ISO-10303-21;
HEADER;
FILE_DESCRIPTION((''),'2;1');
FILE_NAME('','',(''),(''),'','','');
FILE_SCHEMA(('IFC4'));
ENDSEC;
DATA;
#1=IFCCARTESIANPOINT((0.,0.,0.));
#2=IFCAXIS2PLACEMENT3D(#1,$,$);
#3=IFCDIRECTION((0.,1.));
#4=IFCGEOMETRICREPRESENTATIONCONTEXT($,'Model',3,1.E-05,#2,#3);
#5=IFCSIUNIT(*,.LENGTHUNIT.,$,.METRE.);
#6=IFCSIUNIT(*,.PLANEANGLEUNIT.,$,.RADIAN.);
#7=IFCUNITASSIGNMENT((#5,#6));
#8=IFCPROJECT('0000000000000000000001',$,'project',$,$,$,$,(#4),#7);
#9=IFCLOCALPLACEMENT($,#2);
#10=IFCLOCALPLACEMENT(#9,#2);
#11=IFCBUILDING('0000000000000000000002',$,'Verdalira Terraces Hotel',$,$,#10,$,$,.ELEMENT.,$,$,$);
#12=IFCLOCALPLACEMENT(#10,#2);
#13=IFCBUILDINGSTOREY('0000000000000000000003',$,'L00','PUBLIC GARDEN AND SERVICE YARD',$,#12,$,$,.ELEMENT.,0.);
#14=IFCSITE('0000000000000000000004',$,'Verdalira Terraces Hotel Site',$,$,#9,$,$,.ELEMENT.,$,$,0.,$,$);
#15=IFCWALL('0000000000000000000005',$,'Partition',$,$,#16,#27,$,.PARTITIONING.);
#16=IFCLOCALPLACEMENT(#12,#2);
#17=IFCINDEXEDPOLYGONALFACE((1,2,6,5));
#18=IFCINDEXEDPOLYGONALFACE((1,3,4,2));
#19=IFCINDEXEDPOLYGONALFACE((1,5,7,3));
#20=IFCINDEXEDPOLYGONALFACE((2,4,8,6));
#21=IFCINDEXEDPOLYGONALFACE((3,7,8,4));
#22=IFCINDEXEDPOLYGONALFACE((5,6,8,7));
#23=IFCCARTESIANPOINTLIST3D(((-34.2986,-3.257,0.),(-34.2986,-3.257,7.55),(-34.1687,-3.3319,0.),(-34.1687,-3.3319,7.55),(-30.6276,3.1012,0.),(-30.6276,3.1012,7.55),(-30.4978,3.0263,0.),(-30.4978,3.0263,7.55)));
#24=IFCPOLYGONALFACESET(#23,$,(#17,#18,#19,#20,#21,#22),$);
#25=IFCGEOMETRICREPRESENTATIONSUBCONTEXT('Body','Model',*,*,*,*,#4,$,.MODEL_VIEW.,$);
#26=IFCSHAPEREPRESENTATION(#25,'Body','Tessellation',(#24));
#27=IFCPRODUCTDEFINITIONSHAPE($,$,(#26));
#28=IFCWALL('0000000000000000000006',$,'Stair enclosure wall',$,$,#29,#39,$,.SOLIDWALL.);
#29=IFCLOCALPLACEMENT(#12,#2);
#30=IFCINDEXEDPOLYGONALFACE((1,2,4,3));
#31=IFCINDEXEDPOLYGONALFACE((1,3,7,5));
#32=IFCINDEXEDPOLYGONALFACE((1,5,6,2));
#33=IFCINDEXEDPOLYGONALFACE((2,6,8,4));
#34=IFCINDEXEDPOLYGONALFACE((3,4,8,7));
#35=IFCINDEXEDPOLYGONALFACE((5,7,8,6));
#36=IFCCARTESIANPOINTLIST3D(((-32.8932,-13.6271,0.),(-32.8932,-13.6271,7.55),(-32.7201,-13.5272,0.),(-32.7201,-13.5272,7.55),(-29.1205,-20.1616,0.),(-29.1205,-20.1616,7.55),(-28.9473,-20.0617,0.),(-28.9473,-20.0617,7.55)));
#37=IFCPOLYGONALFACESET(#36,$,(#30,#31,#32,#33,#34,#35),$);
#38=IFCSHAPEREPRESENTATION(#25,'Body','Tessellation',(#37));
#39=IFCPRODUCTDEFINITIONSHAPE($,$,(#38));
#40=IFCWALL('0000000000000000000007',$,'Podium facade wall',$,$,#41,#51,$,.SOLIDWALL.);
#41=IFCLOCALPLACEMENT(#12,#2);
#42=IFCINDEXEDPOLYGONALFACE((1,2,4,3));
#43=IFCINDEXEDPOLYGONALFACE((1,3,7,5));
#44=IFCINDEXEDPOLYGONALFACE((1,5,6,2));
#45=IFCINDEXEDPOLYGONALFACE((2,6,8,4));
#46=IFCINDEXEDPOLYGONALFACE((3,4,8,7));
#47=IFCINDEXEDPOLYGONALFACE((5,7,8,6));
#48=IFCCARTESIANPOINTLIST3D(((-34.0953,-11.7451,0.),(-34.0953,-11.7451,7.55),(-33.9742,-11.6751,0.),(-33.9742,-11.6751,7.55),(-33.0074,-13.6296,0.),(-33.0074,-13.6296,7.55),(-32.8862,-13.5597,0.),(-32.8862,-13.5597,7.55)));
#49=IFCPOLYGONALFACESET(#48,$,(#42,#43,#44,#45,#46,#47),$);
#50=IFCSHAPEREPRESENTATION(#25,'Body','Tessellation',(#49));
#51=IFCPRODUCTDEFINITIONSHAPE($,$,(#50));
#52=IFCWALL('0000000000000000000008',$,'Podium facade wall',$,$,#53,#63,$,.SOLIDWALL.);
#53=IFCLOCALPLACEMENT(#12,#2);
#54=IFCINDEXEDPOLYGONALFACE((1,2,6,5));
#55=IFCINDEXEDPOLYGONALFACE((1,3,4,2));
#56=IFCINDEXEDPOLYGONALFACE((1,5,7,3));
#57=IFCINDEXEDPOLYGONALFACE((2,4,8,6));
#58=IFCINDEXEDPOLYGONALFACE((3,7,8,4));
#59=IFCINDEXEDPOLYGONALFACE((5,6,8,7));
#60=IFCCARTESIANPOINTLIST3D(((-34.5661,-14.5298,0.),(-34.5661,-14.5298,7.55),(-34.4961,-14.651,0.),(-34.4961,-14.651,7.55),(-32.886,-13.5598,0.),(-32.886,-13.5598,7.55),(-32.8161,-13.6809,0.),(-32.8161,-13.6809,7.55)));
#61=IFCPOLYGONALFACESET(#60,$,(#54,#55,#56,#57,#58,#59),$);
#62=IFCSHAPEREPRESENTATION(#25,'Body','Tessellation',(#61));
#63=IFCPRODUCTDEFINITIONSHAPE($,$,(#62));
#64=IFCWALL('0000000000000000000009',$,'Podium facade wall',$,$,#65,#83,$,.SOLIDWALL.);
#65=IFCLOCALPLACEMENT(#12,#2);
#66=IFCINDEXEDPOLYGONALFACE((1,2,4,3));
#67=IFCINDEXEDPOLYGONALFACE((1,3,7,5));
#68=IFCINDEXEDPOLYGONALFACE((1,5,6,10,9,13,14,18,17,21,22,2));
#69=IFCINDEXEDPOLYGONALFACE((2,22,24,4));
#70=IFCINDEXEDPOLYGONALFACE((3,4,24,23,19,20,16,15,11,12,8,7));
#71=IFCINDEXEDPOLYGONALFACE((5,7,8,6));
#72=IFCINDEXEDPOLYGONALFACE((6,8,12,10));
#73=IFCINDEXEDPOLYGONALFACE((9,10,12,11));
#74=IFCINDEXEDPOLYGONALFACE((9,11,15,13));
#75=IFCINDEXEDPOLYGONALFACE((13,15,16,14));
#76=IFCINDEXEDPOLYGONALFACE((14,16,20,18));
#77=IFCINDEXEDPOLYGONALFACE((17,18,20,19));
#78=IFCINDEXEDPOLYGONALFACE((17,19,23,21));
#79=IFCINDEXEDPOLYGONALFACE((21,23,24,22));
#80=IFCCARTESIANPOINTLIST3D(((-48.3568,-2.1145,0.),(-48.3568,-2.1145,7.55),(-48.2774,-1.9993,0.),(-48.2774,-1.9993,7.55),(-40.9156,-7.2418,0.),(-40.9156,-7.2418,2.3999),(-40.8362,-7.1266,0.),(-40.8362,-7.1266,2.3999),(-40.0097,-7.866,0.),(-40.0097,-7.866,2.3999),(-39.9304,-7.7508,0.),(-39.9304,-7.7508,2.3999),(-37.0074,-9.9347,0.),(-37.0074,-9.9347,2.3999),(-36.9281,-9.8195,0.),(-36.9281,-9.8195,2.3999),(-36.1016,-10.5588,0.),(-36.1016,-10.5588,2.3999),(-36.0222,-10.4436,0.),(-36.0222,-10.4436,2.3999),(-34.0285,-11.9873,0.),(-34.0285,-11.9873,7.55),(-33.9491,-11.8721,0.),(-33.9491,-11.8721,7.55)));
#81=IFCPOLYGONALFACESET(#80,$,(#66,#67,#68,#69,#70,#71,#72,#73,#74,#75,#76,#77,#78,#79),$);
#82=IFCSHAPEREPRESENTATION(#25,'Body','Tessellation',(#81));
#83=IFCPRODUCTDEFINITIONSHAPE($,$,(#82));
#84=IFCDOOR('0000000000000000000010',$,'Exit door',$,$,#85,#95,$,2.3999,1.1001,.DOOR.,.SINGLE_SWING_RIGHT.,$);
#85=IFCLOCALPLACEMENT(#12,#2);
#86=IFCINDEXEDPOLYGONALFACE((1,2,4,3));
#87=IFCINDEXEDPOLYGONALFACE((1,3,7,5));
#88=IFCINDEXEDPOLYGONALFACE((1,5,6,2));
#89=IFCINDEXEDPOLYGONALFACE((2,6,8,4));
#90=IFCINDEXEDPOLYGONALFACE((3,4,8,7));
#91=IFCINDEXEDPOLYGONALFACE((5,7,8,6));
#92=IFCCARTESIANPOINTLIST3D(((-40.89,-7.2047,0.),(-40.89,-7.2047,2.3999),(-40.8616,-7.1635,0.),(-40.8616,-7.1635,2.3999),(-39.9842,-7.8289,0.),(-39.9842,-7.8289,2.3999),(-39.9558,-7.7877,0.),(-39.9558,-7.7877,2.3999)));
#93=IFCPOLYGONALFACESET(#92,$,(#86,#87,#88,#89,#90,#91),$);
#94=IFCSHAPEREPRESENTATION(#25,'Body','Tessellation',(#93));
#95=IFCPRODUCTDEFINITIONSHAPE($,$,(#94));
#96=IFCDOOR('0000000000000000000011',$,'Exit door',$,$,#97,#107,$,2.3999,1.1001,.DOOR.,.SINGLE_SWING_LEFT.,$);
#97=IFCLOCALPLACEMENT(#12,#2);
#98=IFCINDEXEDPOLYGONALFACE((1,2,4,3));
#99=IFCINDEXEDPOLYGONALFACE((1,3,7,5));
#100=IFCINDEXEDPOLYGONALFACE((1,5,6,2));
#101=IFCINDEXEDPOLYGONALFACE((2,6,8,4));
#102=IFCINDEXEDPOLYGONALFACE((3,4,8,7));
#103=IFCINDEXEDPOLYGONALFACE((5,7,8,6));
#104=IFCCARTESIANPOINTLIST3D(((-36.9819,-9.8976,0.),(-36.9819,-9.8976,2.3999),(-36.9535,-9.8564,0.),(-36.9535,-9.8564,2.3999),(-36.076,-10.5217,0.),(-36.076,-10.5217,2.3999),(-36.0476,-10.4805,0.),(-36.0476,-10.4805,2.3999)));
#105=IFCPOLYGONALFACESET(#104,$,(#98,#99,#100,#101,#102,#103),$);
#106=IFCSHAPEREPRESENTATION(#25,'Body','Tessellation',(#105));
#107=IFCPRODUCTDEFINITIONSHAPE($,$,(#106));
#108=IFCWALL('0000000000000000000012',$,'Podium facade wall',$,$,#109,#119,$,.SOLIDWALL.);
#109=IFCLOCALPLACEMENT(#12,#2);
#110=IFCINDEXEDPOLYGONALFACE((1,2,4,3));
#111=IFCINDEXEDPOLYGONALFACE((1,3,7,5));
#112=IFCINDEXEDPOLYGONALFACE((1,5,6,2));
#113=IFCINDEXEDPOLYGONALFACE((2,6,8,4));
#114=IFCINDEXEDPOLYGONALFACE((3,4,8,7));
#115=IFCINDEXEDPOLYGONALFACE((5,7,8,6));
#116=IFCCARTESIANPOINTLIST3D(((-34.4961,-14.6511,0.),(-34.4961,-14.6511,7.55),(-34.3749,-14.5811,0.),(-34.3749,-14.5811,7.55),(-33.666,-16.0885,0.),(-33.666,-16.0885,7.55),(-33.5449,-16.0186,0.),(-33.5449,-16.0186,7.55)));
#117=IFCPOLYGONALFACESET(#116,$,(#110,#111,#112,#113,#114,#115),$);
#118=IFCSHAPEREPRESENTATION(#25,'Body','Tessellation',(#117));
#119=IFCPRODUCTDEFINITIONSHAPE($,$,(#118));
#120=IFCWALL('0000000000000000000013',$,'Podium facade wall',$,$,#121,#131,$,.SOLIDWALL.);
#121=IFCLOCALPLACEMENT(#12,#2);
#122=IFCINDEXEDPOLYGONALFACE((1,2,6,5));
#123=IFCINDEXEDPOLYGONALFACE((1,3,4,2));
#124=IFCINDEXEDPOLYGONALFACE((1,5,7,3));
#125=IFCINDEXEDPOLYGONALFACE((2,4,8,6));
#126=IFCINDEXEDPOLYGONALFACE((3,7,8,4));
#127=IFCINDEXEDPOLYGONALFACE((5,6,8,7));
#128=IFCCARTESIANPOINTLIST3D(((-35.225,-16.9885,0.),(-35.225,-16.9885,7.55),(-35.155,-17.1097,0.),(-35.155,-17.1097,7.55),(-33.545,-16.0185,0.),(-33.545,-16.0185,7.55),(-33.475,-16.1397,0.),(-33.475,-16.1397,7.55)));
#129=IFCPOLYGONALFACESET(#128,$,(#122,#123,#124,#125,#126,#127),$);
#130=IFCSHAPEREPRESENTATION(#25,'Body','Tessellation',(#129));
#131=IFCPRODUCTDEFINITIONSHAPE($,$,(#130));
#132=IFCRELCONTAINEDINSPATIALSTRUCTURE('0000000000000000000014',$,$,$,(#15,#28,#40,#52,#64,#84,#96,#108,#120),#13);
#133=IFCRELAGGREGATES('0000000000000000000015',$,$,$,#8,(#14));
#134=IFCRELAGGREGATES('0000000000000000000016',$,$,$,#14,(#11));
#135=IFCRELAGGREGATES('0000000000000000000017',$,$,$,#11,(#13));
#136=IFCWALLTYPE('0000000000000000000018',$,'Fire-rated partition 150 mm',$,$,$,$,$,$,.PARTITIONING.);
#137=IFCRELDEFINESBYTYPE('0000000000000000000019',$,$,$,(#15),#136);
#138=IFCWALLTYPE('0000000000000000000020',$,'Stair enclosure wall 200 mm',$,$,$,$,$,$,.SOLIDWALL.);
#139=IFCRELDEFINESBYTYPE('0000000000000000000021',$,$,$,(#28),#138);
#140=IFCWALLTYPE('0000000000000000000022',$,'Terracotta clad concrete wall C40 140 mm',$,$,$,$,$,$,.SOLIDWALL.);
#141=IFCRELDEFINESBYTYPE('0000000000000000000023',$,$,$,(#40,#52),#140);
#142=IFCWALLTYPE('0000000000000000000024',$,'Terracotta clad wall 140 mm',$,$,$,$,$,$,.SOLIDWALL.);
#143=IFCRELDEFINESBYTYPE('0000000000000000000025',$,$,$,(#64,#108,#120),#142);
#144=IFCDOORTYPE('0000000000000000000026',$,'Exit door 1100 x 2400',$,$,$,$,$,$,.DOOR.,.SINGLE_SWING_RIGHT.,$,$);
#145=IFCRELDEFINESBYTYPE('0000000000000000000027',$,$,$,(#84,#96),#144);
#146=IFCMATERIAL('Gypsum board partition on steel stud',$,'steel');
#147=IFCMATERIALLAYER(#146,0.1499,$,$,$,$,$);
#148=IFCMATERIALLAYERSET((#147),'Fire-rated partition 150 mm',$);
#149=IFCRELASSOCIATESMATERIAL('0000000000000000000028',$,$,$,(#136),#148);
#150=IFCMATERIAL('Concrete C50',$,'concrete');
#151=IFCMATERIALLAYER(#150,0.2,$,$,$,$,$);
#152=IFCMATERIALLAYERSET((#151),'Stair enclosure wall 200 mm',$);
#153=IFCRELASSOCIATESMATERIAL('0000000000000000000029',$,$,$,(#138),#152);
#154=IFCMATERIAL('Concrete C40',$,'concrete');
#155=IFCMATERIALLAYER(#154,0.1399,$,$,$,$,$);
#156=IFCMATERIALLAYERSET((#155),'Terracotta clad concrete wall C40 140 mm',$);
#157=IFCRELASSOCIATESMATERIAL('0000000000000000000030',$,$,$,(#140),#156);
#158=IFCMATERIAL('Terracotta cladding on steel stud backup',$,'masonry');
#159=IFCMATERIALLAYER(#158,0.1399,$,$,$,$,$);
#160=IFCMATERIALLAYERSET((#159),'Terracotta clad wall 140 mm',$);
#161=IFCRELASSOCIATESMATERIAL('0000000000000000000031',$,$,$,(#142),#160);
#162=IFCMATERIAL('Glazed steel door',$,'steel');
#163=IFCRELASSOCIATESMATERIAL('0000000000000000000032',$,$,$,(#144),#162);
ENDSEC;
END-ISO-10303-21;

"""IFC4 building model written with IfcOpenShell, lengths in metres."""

from ifc_helpers import new_model, si_unit, direction, frame, frame_2d, origin, place, context, subcontext, project, spatial, rectangle, extrude, material, layer, layer_set, type_object, element, fill, save


model = new_model("IFC4")

# Units and contexts
model_context = context("Model", 3, precision=1e-05, world=origin(), true_north=direction((0.0, 1.0)))
body_context = subcontext(model_context, "Body", "Model", "MODEL_VIEW")
ifc_project = project(units=[si_unit("LENGTHUNIT", "METRE"), si_unit("PLANEANGLEUNIT", "RADIAN")], contexts=[model_context])

# Site, building, storey
site_placement = place(None, origin())
site = spatial("IfcSite", under=ifc_project, at=site_placement, Name="Verdalira Terraces Hotel Site", CompositionType="ELEMENT", RefElevation=0.0)
building_placement = place(site_placement, origin())
building = spatial("IfcBuilding", under=site, at=building_placement, Name="Verdalira Terraces Hotel", CompositionType="ELEMENT")
storey_placement = place(building_placement, origin())
storey = spatial("IfcBuildingStorey", under=building, at=storey_placement, Name="L00", Description="PUBLIC GARDEN AND SERVICE YARD", CompositionType="ELEMENT", Elevation=0.0)

# Shared definitions
ifc_material_1 = material(Name="Gypsum board partition on steel stud", Category="steel")
ifc_layer_1 = layer(ifc_material_1, 0.1499)
ifc_layer_set_1 = layer_set([ifc_layer_1], Name="Fire-rated partition 150 mm")
wall_type_1 = type_object("IfcWallType", Name="Fire-rated partition 150 mm", PredefinedType="PARTITIONING", material=ifc_layer_set_1)

# Walls
wall_1_placement = place(storey_placement, frame((-34.2336, -3.2944, 0.0), z_axis=(0.0, 0.0, 1.0), x_axis=(0.500002, 0.866024, 0.0)))
element("IfcWall", 1, at=wall_1_placement, inside=storey, type_object=wall_type_1, Name="Partition", PredefinedType="PARTITIONING", context=body_context, shape_type="SweptSolid", body=[
    extrude(rectangle(XDim=7.3418, YDim=0.1499, at=frame_2d((3.6709, 0.0))), origin(), (0.0, 0.0, 1.0), 7.55),
])
ifc_material_2 = material(Name="Concrete C50", Category="concrete")
ifc_layer_2 = layer(ifc_material_2, 0.2)
ifc_layer_set_2 = layer_set([ifc_layer_2], Name="Stair enclosure wall 200 mm")
wall_type_2 = type_object("IfcWallType", Name="Stair enclosure wall 200 mm", PredefinedType="SOLIDWALL", material=ifc_layer_set_2)
wall_2_placement = place(storey_placement, frame((-32.8066, -13.5771, 0.0), z_axis=(0.0, 0.0, 1.0), x_axis=(0.500005, -0.866022, 0.0)))
element("IfcWall", 2, at=wall_2_placement, inside=storey, type_object=wall_type_2, Name="Stair enclosure wall", PredefinedType="SOLIDWALL", context=body_context, shape_type="SweptSolid", body=[
    extrude(rectangle(XDim=7.5454, YDim=0.2, at=frame_2d((3.7727, 0.0))), origin(), (0.0, 0.0, 1.0), 7.55),
])
ifc_material_3 = material(Name="Concrete C40", Category="concrete")
ifc_layer_3 = layer(ifc_material_3, 0.1399)
ifc_layer_set_3 = layer_set([ifc_layer_3], Name="Terracotta clad concrete wall C40 140 mm")
wall_type_3 = type_object("IfcWallType", Name="Terracotta clad concrete wall C40 140 mm", PredefinedType="SOLIDWALL", material=ifc_layer_set_3)
wall_3_placement = place(storey_placement, frame((-34.0347, -11.7102, 0.0), z_axis=(0.0, 0.0, 1.0), x_axis=(0.499952, -0.866053, 0.0)))
element("IfcWall", 3, at=wall_3_placement, inside=storey, type_object=wall_type_3, Name="Podium facade wall", PredefinedType="SOLIDWALL", context=body_context, shape_type="SweptSolid", body=[
    extrude(rectangle(XDim=2.176, YDim=0.1399, at=frame_2d((1.0879, 0.0))), origin(), (0.0, 0.0, 1.0), 7.55),
])
wall_4_placement = place(storey_placement, frame((-32.8511, -13.6204, 0.0), z_axis=(0.0, 0.0, 1.0), x_axis=(-0.866012, -0.500024, 0.0)))
element("IfcWall", 4, at=wall_4_placement, inside=storey, type_object=wall_type_3, Name="Podium facade wall", PredefinedType="SOLIDWALL", context=body_context, shape_type="SweptSolid", body=[
    extrude(rectangle(XDim=1.9399, YDim=0.1399, at=frame_2d((0.97, 0.0))), origin(), (0.0, 0.0, 1.0), 7.55),
])

# Wall, openings, doors
ifc_material_4 = material(Name="Terracotta cladding on steel stud backup", Category="masonry")
ifc_layer_4 = layer(ifc_material_4, 0.1399)
ifc_layer_set_4 = layer_set([ifc_layer_4], Name="Terracotta clad wall 140 mm")
wall_type_4 = type_object("IfcWallType", Name="Terracotta clad wall 140 mm", PredefinedType="SOLIDWALL", material=ifc_layer_set_4)
wall_5_placement = place(storey_placement, frame((-33.9888, -11.9297, 0.0), z_axis=(0.0, 0.0, 1.0), x_axis=(-0.82345, 0.567389, 0.0)))
wall_5 = element("IfcWall", 5, at=wall_5_placement, inside=storey, type_object=wall_type_4, Name="Podium facade wall", PredefinedType="SOLIDWALL", context=body_context, shape_type="SweptSolid", body=[
    extrude(rectangle(XDim=17.4004, YDim=0.1399, at=frame_2d((8.7002, 0.0))), origin(), (0.0, 0.0, 1.0), 7.55),
])
opening_1_placement = place(wall_5_placement, frame((7.2637, 0.0, 0.0)))
opening_1 = element("IfcOpeningElement", 6, at=opening_1_placement, cuts=wall_5, PredefinedType="OPENING", context=body_context, shape_type="SweptSolid", body=[
    extrude(rectangle(XDim=1.1001, YDim=2.3999, at=frame_2d((0.55, 1.2))), frame((0.0, 0.0798, 0.0), z_axis=(0.0, -1.0, 0.0), x_axis=(1.0, 0.0, 0.0)), (0.0, 0.0, 1.0), 0.1599),
])
opening_2_placement = place(wall_5_placement, frame((2.5176, 0.0, 0.0)))
opening_2 = element("IfcOpeningElement", 7, at=opening_2_placement, cuts=wall_5, PredefinedType="OPENING", context=body_context, shape_type="SweptSolid", body=[
    extrude(rectangle(XDim=1.1001, YDim=2.3999, at=frame_2d((0.55, 1.2))), frame((0.0, 0.0798, 0.0), z_axis=(0.0, -1.0, 0.0), x_axis=(1.0, 0.0, 0.0)), (0.0, 0.0, 1.0), 0.1599),
])
ifc_material_5 = material(Name="Glazed steel door", Category="steel")
door_type_1 = type_object("IfcDoorType", Name="Exit door 1100 x 2400", OperationType="SINGLE_SWING_RIGHT", PredefinedType="DOOR", material=ifc_material_5)
door_1_placement = place(opening_1_placement, origin())
door_1 = element("IfcDoor", 8, at=door_1_placement, inside=storey, type_object=door_type_1, Name="Exit door", OperationType="SINGLE_SWING_RIGHT", OverallHeight=2.3999, OverallWidth=1.1001, PredefinedType="DOOR", context=body_context, shape_type="SweptSolid", body=[
    extrude(rectangle(XDim=1.1001, YDim=2.3999, at=frame_2d((0.55, 1.2))), frame((0.0, 0.0249, 0.0), z_axis=(0.0, -1.0, 0.0), x_axis=(1.0, 0.0, 0.0)), (0.0, 0.0, 1.0), 0.05),
])
fill(opening_1, door_1)
door_2_placement = place(opening_2_placement, origin())
door_2 = element("IfcDoor", 9, at=door_2_placement, inside=storey, type_object=door_type_1, Name="Exit door", OperationType="SINGLE_SWING_LEFT", OverallHeight=2.3999, OverallWidth=1.1001, PredefinedType="DOOR", context=body_context, shape_type="SweptSolid", body=[
    extrude(rectangle(XDim=1.1001, YDim=2.3999, at=frame_2d((0.55, 1.2))), frame((0.0, 0.0249, 0.0), z_axis=(0.0, -1.0, 0.0), x_axis=(1.0, 0.0, 0.0)), (0.0, 0.0, 1.0), 0.05),
])
fill(opening_2, door_2)

# Walls
wall_6_placement = place(storey_placement, frame((-34.4355, -14.616, 0.0), z_axis=(0.0, 0.0, 1.0), x_axis=(0.500062, -0.86599, 0.0)))
element("IfcWall", 10, at=wall_6_placement, inside=storey, type_object=wall_type_4, Name="Podium facade wall", PredefinedType="SOLIDWALL", context=body_context, shape_type="SweptSolid", body=[
    extrude(rectangle(XDim=1.6599, YDim=0.1399, at=frame_2d((0.8301, 0.0))), origin(), (0.0, 0.0, 1.0), 7.55),
])
wall_7_placement = place(storey_placement, frame((-33.51, -16.0791, 0.0), z_axis=(0.0, 0.0, 1.0), x_axis=(-0.866012, -0.500024, 0.0)))
element("IfcWall", 11, at=wall_7_placement, inside=storey, type_object=wall_type_4, Name="Podium facade wall", PredefinedType="SOLIDWALL", context=body_context, shape_type="SweptSolid", body=[
    extrude(rectangle(XDim=1.9399, YDim=0.1399, at=frame_2d((0.97, 0.0))), origin(), (0.0, 0.0, 1.0), 7.55),
])

save(model, "model.ifc")
